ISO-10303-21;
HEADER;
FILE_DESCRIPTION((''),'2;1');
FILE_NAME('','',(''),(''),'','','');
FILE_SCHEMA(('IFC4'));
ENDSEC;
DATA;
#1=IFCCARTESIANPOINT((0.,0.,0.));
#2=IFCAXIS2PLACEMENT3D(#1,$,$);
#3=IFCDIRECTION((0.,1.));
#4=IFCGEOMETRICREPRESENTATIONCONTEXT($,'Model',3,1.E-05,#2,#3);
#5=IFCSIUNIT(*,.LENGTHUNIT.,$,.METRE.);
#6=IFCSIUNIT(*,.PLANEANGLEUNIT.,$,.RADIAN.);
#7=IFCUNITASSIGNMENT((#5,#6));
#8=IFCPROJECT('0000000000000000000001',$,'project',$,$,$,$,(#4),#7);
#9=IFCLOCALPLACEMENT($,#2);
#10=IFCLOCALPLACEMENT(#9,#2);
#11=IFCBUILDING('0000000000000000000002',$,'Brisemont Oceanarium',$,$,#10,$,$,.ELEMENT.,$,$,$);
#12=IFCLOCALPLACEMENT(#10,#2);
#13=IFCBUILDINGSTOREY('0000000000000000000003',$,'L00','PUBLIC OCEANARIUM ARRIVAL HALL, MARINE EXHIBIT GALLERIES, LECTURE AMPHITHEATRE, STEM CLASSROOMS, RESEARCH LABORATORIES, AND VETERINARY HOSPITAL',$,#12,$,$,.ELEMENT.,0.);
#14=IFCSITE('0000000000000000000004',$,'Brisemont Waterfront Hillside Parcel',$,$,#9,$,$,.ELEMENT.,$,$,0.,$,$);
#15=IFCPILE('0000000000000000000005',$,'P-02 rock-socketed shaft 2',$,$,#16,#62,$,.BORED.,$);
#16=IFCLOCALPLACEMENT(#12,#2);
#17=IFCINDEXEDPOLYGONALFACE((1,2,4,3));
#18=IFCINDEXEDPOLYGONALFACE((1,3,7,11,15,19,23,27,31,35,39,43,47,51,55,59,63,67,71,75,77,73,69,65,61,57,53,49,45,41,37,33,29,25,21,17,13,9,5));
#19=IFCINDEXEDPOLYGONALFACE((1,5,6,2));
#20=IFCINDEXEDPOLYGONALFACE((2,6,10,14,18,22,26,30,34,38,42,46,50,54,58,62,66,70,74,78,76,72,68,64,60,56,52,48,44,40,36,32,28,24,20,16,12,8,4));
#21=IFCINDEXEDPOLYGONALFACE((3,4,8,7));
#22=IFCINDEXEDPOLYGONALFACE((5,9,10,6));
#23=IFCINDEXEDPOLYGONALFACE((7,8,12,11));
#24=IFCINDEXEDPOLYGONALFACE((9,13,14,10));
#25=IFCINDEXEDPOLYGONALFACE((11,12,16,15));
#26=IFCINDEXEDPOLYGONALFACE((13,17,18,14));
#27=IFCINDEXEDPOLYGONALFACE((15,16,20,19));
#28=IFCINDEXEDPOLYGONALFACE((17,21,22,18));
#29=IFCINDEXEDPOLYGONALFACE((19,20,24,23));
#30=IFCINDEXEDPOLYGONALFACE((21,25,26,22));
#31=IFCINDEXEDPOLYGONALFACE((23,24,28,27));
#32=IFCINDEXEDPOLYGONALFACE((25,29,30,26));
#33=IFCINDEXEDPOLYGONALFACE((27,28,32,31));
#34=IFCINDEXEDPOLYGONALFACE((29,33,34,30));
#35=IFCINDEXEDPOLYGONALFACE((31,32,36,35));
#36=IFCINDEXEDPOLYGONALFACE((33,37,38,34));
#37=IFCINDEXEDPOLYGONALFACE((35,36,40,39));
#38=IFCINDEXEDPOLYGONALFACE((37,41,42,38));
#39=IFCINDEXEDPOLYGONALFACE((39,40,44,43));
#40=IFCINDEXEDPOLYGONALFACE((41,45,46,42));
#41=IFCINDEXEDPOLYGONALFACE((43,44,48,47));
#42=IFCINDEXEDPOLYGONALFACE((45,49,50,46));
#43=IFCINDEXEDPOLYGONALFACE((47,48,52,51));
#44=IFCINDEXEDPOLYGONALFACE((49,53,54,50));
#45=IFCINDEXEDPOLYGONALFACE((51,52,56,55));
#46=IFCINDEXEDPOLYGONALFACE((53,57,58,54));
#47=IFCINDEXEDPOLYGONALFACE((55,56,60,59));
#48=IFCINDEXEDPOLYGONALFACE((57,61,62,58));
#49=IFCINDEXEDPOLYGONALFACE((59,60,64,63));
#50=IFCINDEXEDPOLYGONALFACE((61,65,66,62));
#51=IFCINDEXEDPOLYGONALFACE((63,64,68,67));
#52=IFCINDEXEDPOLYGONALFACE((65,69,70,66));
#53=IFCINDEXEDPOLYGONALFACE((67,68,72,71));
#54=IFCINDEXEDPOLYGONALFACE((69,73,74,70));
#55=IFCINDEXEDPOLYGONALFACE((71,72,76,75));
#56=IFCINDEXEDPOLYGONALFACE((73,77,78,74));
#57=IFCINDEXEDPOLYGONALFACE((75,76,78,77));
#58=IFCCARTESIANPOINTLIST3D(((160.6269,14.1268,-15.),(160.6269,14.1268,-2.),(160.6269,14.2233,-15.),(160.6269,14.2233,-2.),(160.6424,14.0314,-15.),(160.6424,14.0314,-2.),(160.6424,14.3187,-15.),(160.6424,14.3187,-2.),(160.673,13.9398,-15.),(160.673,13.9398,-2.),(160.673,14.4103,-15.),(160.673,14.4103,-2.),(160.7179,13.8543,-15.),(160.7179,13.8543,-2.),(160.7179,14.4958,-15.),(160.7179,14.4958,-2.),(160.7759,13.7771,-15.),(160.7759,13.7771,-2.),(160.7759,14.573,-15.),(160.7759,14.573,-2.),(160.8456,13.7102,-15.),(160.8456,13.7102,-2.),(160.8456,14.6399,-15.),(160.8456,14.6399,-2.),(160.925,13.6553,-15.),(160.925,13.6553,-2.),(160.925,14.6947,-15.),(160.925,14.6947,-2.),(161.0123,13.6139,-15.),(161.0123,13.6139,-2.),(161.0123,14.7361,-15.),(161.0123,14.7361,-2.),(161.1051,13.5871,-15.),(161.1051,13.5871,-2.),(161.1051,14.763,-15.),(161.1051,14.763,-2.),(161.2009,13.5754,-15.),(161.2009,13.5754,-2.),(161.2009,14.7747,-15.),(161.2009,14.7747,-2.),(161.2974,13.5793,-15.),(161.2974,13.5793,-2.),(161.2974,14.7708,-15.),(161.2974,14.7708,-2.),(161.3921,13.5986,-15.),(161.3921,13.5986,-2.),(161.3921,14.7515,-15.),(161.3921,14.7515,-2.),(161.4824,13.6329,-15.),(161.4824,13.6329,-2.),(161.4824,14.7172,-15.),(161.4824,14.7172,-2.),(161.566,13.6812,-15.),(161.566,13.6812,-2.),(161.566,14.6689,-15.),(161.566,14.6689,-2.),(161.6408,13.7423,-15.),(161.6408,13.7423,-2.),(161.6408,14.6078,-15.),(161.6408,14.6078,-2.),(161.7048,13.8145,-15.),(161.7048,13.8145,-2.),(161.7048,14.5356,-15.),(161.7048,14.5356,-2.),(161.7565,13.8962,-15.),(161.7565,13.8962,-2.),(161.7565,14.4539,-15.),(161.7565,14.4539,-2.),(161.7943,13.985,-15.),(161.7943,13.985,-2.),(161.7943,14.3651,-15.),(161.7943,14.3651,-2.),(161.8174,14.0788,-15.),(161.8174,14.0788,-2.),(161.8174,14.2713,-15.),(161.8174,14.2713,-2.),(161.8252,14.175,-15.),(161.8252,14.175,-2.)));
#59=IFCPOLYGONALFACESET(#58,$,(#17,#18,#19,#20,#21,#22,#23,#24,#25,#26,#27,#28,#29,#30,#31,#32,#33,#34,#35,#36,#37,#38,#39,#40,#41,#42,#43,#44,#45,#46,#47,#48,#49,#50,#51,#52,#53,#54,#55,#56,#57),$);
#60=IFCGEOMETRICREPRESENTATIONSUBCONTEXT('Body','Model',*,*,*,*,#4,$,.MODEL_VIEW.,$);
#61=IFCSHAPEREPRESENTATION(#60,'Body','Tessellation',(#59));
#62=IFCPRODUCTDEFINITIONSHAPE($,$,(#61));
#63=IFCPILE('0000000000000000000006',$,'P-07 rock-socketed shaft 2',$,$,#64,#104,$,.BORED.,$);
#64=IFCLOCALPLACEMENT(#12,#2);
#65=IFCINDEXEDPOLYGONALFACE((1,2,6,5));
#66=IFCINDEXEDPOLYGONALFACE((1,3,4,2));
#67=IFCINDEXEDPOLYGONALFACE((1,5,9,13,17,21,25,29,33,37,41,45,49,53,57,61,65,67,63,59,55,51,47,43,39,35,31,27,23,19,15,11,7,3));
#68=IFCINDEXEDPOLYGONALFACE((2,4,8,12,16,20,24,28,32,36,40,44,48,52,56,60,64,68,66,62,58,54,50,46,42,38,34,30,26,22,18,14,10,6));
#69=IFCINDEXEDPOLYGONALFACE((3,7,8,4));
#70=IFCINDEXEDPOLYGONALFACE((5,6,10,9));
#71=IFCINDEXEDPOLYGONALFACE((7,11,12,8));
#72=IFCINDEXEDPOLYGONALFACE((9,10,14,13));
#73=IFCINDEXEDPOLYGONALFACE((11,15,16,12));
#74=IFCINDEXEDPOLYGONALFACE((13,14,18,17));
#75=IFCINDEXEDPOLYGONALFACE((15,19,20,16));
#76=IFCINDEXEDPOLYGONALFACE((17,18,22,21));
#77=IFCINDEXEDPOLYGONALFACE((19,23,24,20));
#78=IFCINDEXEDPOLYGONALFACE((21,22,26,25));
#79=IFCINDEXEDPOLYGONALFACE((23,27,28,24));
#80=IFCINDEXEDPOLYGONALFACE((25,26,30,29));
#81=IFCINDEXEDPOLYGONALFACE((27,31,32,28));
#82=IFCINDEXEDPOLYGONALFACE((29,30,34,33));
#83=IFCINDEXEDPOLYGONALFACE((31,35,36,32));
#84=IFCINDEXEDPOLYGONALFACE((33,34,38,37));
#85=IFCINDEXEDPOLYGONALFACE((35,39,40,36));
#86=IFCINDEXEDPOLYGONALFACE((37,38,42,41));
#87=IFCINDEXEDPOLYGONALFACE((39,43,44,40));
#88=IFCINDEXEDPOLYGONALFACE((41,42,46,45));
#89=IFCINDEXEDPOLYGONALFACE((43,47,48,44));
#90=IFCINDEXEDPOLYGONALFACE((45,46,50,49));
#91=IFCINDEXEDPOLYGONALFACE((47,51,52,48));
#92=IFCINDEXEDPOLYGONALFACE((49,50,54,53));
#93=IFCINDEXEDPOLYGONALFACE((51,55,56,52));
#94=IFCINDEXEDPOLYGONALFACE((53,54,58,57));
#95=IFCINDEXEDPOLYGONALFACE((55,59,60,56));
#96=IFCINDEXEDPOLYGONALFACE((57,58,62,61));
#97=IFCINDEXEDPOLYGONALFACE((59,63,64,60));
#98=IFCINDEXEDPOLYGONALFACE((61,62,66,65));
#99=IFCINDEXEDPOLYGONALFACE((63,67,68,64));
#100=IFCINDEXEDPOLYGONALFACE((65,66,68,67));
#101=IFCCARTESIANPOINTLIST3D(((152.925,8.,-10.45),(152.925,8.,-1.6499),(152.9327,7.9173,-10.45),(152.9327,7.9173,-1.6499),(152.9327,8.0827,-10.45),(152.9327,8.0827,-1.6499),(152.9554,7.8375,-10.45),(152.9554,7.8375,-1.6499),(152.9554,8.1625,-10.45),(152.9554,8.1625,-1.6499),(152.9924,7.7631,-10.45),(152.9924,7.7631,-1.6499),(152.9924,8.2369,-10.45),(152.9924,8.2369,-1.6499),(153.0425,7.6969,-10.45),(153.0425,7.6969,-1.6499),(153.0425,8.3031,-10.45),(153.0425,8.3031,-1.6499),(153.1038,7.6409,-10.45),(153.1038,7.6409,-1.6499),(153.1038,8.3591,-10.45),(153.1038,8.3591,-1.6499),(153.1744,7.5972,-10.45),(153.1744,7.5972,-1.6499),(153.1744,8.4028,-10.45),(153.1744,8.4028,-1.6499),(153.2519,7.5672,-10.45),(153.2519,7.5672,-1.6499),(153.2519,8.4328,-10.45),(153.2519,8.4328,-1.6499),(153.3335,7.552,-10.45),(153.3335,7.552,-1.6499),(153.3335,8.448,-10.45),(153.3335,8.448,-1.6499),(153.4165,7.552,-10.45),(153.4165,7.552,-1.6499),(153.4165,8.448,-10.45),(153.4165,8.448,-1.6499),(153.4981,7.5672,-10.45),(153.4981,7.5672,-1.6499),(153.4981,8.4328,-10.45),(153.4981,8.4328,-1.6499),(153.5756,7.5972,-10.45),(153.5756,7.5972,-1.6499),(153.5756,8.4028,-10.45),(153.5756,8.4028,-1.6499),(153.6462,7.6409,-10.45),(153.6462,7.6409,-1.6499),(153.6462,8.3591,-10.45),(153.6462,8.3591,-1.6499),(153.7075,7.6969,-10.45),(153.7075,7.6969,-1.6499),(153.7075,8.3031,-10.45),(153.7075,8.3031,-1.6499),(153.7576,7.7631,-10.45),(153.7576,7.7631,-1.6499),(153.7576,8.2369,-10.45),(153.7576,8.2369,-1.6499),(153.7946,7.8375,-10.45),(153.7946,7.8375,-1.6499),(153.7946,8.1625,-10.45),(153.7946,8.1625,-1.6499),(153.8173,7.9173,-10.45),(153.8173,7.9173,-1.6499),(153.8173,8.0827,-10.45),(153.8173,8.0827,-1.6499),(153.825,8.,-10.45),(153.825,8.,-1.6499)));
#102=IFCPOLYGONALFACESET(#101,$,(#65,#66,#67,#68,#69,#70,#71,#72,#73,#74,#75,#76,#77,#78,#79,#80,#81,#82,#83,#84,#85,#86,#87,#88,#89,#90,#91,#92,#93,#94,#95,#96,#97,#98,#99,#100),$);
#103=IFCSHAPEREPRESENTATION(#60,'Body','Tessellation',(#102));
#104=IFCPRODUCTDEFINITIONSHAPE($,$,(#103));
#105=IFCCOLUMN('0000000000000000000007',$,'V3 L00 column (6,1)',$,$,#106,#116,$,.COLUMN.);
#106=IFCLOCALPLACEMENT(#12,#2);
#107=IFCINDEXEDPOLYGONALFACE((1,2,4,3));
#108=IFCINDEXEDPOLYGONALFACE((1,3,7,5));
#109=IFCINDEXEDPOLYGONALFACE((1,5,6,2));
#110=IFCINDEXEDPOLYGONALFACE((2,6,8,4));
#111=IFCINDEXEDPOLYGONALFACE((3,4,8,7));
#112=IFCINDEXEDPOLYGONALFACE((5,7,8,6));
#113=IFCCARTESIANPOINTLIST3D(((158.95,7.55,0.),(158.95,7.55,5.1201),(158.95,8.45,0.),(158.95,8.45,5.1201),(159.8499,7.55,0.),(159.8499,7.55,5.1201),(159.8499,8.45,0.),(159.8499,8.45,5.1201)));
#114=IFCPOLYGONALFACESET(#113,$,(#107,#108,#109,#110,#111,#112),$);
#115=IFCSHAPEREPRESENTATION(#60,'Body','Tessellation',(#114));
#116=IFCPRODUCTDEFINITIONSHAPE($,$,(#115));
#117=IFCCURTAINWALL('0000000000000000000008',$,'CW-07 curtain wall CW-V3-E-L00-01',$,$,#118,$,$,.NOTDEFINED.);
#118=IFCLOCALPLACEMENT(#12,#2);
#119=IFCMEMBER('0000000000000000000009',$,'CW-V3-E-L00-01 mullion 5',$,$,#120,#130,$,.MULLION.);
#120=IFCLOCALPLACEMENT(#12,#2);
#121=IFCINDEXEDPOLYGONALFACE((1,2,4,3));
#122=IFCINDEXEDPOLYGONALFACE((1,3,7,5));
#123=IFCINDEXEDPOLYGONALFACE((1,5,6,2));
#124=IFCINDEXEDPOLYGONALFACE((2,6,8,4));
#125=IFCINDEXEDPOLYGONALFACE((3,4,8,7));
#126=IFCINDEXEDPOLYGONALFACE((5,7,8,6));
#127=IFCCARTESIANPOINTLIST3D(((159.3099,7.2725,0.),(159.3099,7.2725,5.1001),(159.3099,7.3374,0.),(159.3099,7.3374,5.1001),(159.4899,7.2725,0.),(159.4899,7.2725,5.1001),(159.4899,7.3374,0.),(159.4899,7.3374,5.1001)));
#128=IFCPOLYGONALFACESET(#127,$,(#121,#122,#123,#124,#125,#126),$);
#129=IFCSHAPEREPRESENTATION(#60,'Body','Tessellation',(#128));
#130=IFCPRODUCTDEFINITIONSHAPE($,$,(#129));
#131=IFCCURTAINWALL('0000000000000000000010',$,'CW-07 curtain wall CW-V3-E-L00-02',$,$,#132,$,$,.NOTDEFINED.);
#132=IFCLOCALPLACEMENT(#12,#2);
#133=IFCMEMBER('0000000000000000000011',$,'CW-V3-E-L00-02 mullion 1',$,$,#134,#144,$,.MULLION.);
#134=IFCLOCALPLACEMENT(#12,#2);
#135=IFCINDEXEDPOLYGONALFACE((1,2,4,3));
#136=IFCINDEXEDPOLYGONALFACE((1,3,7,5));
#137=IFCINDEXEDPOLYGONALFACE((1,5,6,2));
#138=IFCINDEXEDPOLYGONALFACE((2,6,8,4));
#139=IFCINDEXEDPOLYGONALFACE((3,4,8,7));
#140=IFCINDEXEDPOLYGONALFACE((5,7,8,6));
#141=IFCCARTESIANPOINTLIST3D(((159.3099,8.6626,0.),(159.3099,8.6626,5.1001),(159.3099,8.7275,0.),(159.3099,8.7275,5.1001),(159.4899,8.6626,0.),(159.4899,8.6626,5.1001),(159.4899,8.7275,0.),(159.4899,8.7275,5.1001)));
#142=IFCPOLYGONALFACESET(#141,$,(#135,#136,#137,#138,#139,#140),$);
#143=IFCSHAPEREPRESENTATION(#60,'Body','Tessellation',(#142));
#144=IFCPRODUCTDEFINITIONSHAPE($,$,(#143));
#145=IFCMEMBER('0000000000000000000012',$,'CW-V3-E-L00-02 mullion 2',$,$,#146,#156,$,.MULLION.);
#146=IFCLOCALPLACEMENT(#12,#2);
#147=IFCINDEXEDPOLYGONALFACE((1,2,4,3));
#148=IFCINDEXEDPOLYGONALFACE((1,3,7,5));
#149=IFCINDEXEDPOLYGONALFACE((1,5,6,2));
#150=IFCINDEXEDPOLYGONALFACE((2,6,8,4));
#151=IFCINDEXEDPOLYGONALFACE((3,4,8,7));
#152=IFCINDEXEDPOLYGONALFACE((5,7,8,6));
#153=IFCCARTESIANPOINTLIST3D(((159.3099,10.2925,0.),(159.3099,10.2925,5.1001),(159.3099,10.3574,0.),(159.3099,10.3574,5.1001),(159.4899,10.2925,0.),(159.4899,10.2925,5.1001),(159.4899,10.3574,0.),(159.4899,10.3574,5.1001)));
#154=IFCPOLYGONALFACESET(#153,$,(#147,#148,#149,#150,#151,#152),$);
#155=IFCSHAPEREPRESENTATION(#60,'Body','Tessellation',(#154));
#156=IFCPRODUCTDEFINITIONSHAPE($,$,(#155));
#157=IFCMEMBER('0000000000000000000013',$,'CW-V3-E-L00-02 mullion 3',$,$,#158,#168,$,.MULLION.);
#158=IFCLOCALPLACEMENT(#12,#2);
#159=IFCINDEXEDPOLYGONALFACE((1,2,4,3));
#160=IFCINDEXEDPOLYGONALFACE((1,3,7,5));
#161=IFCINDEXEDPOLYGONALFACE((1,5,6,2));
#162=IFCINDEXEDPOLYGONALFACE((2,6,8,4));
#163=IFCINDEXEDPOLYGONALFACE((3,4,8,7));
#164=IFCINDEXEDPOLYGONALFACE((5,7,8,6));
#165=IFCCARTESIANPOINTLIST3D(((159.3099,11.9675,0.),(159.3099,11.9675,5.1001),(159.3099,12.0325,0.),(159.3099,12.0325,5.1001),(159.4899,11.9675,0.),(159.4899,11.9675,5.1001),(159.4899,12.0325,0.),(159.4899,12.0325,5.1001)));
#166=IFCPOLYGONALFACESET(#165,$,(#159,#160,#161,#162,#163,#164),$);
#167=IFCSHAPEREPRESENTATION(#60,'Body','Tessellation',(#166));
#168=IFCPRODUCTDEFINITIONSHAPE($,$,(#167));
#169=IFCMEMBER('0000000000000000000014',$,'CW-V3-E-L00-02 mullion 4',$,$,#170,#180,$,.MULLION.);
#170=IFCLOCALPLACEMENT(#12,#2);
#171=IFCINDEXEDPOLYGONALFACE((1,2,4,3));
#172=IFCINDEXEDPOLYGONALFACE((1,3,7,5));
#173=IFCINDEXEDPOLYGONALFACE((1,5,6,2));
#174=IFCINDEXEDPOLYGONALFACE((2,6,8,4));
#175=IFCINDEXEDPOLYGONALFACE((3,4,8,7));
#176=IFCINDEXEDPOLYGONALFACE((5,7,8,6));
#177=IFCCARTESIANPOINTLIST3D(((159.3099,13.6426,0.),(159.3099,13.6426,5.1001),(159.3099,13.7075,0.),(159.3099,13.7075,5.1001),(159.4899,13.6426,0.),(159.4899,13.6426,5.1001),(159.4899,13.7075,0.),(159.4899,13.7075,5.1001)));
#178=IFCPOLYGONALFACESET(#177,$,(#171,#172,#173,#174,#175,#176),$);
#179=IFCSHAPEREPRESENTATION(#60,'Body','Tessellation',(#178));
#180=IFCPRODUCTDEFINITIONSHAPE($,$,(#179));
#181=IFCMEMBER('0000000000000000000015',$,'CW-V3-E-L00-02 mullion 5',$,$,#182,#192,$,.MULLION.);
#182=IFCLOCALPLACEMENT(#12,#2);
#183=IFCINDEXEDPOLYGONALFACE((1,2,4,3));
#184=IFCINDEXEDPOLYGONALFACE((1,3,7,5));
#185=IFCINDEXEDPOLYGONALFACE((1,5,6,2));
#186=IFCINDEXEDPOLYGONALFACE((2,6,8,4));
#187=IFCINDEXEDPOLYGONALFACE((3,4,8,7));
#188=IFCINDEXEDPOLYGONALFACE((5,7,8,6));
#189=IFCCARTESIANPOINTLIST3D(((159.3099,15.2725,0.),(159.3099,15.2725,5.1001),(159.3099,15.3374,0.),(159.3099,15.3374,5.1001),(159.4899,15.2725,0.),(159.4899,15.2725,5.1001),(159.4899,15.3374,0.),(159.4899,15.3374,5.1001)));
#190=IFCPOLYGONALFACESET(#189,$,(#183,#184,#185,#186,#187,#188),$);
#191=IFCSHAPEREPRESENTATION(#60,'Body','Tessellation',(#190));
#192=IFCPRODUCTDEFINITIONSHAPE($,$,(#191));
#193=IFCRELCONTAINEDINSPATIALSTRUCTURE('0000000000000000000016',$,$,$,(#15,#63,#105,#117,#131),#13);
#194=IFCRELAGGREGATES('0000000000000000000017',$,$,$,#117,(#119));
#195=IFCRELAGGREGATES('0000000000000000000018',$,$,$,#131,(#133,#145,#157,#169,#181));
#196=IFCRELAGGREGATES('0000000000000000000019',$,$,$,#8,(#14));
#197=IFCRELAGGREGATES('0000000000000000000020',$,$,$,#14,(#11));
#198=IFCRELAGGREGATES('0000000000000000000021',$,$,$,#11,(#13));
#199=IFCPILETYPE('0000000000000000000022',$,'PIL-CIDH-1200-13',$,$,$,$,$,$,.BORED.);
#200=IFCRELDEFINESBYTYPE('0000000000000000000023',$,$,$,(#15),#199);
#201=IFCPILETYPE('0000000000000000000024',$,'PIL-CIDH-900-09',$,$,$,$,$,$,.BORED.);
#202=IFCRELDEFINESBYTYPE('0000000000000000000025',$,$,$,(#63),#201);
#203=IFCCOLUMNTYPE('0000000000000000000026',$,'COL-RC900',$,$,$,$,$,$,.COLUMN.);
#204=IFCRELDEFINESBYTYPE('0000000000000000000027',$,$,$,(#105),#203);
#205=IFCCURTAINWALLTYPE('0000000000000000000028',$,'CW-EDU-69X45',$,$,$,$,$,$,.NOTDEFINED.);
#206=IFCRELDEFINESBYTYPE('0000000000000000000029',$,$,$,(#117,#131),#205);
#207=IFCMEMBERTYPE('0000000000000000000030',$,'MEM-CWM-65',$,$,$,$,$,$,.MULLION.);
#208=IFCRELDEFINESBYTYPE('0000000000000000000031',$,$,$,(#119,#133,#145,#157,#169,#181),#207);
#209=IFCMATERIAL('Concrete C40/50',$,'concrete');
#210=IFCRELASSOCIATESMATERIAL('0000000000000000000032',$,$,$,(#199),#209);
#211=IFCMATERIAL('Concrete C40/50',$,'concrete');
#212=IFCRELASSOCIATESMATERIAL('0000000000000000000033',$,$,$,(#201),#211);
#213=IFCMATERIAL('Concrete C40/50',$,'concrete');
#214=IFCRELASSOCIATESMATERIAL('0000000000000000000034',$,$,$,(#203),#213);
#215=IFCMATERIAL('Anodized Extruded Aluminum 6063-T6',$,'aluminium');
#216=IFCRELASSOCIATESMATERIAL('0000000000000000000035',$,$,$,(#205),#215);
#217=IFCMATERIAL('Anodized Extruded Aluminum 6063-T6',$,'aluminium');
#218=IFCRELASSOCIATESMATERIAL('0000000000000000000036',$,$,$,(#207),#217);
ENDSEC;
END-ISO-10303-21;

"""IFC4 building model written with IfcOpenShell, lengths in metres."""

from ifc_helpers import new_model, si_unit, direction, frame, origin, origin_2d, place, context, subcontext, project, spatial, rectangle, circle, extrude, material, material_profile, profile_set, type_object, element, aggregate, save


model = new_model("IFC4")

# Units and contexts
model_context = context("Model", 3, precision=1e-05, world=origin(), true_north=direction((0.0, 1.0)))
body_context = subcontext(model_context, "Body", "Model", "MODEL_VIEW")
ifc_project = project(units=[si_unit("LENGTHUNIT", "METRE"), si_unit("PLANEANGLEUNIT", "RADIAN")], contexts=[model_context])

# Site, building, storey
site_placement = place(None, origin())
site = spatial("IfcSite", under=ifc_project, at=site_placement, Name="Brisemont Waterfront Hillside Parcel", CompositionType="ELEMENT", RefElevation=0.0)
building_placement = place(site_placement, origin())
building = spatial("IfcBuilding", under=site, at=building_placement, Name="Brisemont Oceanarium", CompositionType="ELEMENT")
storey_placement = place(building_placement, origin())
storey = spatial("IfcBuildingStorey", under=building, at=storey_placement, Name="L00", Description="PUBLIC OCEANARIUM ARRIVAL HALL, MARINE EXHIBIT GALLERIES, LECTURE AMPHITHEATRE, STEM CLASSROOMS, RESEARCH LABORATORIES, AND VETERINARY HOSPITAL", CompositionType="ELEMENT", Elevation=0.0)

# Piles
ifc_material_1 = material(Name="Concrete C40/50", Category="concrete")
ifc_material_profile_1 = material_profile(ifc_material_1, circle(Radius=0.6001, at=origin_2d()), Name="CIDH-D1200")
ifc_profile_set_1 = profile_set([ifc_material_profile_1], Name="Concrete C40/50")
pile_type_1 = type_object("IfcPileType", Name="PIL-CIDH-1200-13", PredefinedType="BORED", material=ifc_profile_set_1)
for number, where, z_axis, x_axis, name in (
    (1, (161.2251, 14.175, -2.0), (0.0, 0.0, -1.0), (1.0, 0.0, 0.0), "P-02 rock-socketed shaft 2"),
):
    element("IfcPile", number, at=place(storey_placement, frame(where, z_axis=z_axis, x_axis=x_axis)), inside=storey, type_object=pile_type_1, Name=name, PredefinedType="BORED", context=body_context, shape_type="SweptSolid", body=[
        extrude(circle(Radius=0.6001, at=origin_2d()), origin(), (0.0, 0.0, 1.0), 13.0),
    ])
ifc_material_2 = material(Name="Concrete C40/50", Category="concrete")
ifc_material_profile_2 = material_profile(ifc_material_2, circle(Radius=0.45, at=origin_2d()), Name="CIDH-D900")
ifc_profile_set_2 = profile_set([ifc_material_profile_2], Name="Concrete C40/50")
pile_type_2 = type_object("IfcPileType", Name="PIL-CIDH-900-09", PredefinedType="BORED", material=ifc_profile_set_2)
pile_placement = place(storey_placement, frame((153.375, 8.0, -1.6499), z_axis=(0.0, 0.0, -1.0), x_axis=(1.0, 0.0, 0.0)))
element("IfcPile", 2, at=pile_placement, inside=storey, type_object=pile_type_2, Name="P-07 rock-socketed shaft 2", PredefinedType="BORED", context=body_context, shape_type="SweptSolid", body=[
    extrude(circle(Radius=0.45, at=origin_2d()), origin(), (0.0, 0.0, 1.0), 8.8),
])

# Column
ifc_material_3 = material(Name="Concrete C40/50", Category="concrete")
ifc_material_profile_3 = material_profile(ifc_material_3, rectangle(XDim=0.8999, YDim=0.8999, at=origin_2d()), Name="RC-COL-900X900")
ifc_profile_set_3 = profile_set([ifc_material_profile_3], Name="Concrete C40/50")
column_type = type_object("IfcColumnType", Name="COL-RC900", PredefinedType="COLUMN", material=ifc_profile_set_3)
column_placement = place(storey_placement, frame((159.3999, 8.0, 0.0), z_axis=(0.0, 0.0, 1.0), x_axis=(0.0, 1.0, 0.0)))
element("IfcColumn", 3, at=column_placement, inside=storey, type_object=column_type, Name="V3 L00 column (6,1)", PredefinedType="COLUMN", context=body_context, shape_type="SweptSolid", body=[
    extrude(rectangle(XDim=0.8999, YDim=0.8999, at=origin_2d()), origin(), (0.0, 0.0, 1.0), 5.1201),
])

# Curtain wall, member
ifc_material_4 = material(Name="Anodized Extruded Aluminum 6063-T6", Category="aluminium")
curtain_wall_type = type_object("IfcCurtainWallType", Name="CW-EDU-69X45", PredefinedType="NOTDEFINED", material=ifc_material_4)
curtain_wall_1_placement = place(storey_placement, origin())
curtain_wall_1 = element("IfcCurtainWall", 4, at=curtain_wall_1_placement, inside=storey, type_object=curtain_wall_type, Name="CW-07 curtain wall CW-V3-E-L00-01", PredefinedType="NOTDEFINED")
ifc_material_5 = material(Name="Anodized Extruded Aluminum 6063-T6", Category="aluminium")
ifc_material_profile_4 = material_profile(ifc_material_5, rectangle(XDim=0.0649, YDim=0.1799, at=origin_2d()), Name="CWM-65X180")
ifc_profile_set_4 = profile_set([ifc_material_profile_4], Name="Anodized Extruded Aluminum 6063-T6")
member_type_1 = type_object("IfcMemberType", Name="MEM-CWM-65", PredefinedType="MULLION", material=ifc_profile_set_4)
member_1_placement = place(storey_placement, frame((159.3999, 7.3049, 0.0), z_axis=(0.0, 0.0, 1.0), x_axis=(0.0, 1.0, 0.0)))
member_1 = element("IfcMember", 5, at=member_1_placement, type_object=member_type_1, Name="CW-V3-E-L00-01 mullion 5", PredefinedType="MULLION", context=body_context, shape_type="SweptSolid", body=[
    extrude(rectangle(XDim=0.0649, YDim=0.1799, at=origin_2d()), origin(), (0.0, 0.0, 1.0), 5.1001),
])

# Curtain wall, members
curtain_wall_2_placement = place(storey_placement, origin())
curtain_wall_2 = element("IfcCurtainWall", 6, at=curtain_wall_2_placement, inside=storey, type_object=curtain_wall_type, Name="CW-07 curtain wall CW-V3-E-L00-02", PredefinedType="NOTDEFINED")
member_2_placement = place(storey_placement, frame((159.3999, 8.6951, 0.0), z_axis=(0.0, 0.0, 1.0), x_axis=(0.0, 1.0, 0.0)))
member_2 = element("IfcMember", 7, at=member_2_placement, type_object=member_type_1, Name="CW-V3-E-L00-02 mullion 1", PredefinedType="MULLION", context=body_context, shape_type="SweptSolid", body=[
    extrude(rectangle(XDim=0.0649, YDim=0.1799, at=origin_2d()), origin(), (0.0, 0.0, 1.0), 5.1001),
])
member_3_placement = place(storey_placement, frame((159.3999, 10.325, 0.0), z_axis=(0.0, 0.0, 1.0), x_axis=(0.0, 1.0, 0.0)))
member_3 = element("IfcMember", 8, at=member_3_placement, type_object=member_type_1, Name="CW-V3-E-L00-02 mullion 2", PredefinedType="MULLION", context=body_context, shape_type="SweptSolid", body=[
    extrude(rectangle(XDim=0.0649, YDim=0.1799, at=origin_2d()), origin(), (0.0, 0.0, 1.0), 5.1001),
])
member_4_placement = place(storey_placement, frame((159.3999, 12.0, 0.0), z_axis=(0.0, 0.0, 1.0), x_axis=(0.0, 1.0, 0.0)))
member_4 = element("IfcMember", 9, at=member_4_placement, type_object=member_type_1, Name="CW-V3-E-L00-02 mullion 3", PredefinedType="MULLION", context=body_context, shape_type="SweptSolid", body=[
    extrude(rectangle(XDim=0.0649, YDim=0.1799, at=origin_2d()), origin(), (0.0, 0.0, 1.0), 5.1001),
])
member_5_placement = place(storey_placement, frame((159.3999, 13.675, 0.0), z_axis=(0.0, 0.0, 1.0), x_axis=(0.0, 1.0, 0.0)))
member_5 = element("IfcMember", 10, at=member_5_placement, type_object=member_type_1, Name="CW-V3-E-L00-02 mullion 4", PredefinedType="MULLION", context=body_context, shape_type="SweptSolid", body=[
    extrude(rectangle(XDim=0.0649, YDim=0.1799, at=origin_2d()), origin(), (0.0, 0.0, 1.0), 5.1001),
])
member_6_placement = place(storey_placement, frame((159.3999, 15.3049, 0.0), z_axis=(0.0, 0.0, 1.0), x_axis=(0.0, 1.0, 0.0)))
member_6 = element("IfcMember", 11, at=member_6_placement, type_object=member_type_1, Name="CW-V3-E-L00-02 mullion 5", PredefinedType="MULLION", context=body_context, shape_type="SweptSolid", body=[
    extrude(rectangle(XDim=0.0649, YDim=0.1799, at=origin_2d()), origin(), (0.0, 0.0, 1.0), 5.1001),
])

aggregate(curtain_wall_1, [member_1])
aggregate(curtain_wall_2, [member_2, member_3, member_4, member_5, member_6])

save(model, "model.ifc")
